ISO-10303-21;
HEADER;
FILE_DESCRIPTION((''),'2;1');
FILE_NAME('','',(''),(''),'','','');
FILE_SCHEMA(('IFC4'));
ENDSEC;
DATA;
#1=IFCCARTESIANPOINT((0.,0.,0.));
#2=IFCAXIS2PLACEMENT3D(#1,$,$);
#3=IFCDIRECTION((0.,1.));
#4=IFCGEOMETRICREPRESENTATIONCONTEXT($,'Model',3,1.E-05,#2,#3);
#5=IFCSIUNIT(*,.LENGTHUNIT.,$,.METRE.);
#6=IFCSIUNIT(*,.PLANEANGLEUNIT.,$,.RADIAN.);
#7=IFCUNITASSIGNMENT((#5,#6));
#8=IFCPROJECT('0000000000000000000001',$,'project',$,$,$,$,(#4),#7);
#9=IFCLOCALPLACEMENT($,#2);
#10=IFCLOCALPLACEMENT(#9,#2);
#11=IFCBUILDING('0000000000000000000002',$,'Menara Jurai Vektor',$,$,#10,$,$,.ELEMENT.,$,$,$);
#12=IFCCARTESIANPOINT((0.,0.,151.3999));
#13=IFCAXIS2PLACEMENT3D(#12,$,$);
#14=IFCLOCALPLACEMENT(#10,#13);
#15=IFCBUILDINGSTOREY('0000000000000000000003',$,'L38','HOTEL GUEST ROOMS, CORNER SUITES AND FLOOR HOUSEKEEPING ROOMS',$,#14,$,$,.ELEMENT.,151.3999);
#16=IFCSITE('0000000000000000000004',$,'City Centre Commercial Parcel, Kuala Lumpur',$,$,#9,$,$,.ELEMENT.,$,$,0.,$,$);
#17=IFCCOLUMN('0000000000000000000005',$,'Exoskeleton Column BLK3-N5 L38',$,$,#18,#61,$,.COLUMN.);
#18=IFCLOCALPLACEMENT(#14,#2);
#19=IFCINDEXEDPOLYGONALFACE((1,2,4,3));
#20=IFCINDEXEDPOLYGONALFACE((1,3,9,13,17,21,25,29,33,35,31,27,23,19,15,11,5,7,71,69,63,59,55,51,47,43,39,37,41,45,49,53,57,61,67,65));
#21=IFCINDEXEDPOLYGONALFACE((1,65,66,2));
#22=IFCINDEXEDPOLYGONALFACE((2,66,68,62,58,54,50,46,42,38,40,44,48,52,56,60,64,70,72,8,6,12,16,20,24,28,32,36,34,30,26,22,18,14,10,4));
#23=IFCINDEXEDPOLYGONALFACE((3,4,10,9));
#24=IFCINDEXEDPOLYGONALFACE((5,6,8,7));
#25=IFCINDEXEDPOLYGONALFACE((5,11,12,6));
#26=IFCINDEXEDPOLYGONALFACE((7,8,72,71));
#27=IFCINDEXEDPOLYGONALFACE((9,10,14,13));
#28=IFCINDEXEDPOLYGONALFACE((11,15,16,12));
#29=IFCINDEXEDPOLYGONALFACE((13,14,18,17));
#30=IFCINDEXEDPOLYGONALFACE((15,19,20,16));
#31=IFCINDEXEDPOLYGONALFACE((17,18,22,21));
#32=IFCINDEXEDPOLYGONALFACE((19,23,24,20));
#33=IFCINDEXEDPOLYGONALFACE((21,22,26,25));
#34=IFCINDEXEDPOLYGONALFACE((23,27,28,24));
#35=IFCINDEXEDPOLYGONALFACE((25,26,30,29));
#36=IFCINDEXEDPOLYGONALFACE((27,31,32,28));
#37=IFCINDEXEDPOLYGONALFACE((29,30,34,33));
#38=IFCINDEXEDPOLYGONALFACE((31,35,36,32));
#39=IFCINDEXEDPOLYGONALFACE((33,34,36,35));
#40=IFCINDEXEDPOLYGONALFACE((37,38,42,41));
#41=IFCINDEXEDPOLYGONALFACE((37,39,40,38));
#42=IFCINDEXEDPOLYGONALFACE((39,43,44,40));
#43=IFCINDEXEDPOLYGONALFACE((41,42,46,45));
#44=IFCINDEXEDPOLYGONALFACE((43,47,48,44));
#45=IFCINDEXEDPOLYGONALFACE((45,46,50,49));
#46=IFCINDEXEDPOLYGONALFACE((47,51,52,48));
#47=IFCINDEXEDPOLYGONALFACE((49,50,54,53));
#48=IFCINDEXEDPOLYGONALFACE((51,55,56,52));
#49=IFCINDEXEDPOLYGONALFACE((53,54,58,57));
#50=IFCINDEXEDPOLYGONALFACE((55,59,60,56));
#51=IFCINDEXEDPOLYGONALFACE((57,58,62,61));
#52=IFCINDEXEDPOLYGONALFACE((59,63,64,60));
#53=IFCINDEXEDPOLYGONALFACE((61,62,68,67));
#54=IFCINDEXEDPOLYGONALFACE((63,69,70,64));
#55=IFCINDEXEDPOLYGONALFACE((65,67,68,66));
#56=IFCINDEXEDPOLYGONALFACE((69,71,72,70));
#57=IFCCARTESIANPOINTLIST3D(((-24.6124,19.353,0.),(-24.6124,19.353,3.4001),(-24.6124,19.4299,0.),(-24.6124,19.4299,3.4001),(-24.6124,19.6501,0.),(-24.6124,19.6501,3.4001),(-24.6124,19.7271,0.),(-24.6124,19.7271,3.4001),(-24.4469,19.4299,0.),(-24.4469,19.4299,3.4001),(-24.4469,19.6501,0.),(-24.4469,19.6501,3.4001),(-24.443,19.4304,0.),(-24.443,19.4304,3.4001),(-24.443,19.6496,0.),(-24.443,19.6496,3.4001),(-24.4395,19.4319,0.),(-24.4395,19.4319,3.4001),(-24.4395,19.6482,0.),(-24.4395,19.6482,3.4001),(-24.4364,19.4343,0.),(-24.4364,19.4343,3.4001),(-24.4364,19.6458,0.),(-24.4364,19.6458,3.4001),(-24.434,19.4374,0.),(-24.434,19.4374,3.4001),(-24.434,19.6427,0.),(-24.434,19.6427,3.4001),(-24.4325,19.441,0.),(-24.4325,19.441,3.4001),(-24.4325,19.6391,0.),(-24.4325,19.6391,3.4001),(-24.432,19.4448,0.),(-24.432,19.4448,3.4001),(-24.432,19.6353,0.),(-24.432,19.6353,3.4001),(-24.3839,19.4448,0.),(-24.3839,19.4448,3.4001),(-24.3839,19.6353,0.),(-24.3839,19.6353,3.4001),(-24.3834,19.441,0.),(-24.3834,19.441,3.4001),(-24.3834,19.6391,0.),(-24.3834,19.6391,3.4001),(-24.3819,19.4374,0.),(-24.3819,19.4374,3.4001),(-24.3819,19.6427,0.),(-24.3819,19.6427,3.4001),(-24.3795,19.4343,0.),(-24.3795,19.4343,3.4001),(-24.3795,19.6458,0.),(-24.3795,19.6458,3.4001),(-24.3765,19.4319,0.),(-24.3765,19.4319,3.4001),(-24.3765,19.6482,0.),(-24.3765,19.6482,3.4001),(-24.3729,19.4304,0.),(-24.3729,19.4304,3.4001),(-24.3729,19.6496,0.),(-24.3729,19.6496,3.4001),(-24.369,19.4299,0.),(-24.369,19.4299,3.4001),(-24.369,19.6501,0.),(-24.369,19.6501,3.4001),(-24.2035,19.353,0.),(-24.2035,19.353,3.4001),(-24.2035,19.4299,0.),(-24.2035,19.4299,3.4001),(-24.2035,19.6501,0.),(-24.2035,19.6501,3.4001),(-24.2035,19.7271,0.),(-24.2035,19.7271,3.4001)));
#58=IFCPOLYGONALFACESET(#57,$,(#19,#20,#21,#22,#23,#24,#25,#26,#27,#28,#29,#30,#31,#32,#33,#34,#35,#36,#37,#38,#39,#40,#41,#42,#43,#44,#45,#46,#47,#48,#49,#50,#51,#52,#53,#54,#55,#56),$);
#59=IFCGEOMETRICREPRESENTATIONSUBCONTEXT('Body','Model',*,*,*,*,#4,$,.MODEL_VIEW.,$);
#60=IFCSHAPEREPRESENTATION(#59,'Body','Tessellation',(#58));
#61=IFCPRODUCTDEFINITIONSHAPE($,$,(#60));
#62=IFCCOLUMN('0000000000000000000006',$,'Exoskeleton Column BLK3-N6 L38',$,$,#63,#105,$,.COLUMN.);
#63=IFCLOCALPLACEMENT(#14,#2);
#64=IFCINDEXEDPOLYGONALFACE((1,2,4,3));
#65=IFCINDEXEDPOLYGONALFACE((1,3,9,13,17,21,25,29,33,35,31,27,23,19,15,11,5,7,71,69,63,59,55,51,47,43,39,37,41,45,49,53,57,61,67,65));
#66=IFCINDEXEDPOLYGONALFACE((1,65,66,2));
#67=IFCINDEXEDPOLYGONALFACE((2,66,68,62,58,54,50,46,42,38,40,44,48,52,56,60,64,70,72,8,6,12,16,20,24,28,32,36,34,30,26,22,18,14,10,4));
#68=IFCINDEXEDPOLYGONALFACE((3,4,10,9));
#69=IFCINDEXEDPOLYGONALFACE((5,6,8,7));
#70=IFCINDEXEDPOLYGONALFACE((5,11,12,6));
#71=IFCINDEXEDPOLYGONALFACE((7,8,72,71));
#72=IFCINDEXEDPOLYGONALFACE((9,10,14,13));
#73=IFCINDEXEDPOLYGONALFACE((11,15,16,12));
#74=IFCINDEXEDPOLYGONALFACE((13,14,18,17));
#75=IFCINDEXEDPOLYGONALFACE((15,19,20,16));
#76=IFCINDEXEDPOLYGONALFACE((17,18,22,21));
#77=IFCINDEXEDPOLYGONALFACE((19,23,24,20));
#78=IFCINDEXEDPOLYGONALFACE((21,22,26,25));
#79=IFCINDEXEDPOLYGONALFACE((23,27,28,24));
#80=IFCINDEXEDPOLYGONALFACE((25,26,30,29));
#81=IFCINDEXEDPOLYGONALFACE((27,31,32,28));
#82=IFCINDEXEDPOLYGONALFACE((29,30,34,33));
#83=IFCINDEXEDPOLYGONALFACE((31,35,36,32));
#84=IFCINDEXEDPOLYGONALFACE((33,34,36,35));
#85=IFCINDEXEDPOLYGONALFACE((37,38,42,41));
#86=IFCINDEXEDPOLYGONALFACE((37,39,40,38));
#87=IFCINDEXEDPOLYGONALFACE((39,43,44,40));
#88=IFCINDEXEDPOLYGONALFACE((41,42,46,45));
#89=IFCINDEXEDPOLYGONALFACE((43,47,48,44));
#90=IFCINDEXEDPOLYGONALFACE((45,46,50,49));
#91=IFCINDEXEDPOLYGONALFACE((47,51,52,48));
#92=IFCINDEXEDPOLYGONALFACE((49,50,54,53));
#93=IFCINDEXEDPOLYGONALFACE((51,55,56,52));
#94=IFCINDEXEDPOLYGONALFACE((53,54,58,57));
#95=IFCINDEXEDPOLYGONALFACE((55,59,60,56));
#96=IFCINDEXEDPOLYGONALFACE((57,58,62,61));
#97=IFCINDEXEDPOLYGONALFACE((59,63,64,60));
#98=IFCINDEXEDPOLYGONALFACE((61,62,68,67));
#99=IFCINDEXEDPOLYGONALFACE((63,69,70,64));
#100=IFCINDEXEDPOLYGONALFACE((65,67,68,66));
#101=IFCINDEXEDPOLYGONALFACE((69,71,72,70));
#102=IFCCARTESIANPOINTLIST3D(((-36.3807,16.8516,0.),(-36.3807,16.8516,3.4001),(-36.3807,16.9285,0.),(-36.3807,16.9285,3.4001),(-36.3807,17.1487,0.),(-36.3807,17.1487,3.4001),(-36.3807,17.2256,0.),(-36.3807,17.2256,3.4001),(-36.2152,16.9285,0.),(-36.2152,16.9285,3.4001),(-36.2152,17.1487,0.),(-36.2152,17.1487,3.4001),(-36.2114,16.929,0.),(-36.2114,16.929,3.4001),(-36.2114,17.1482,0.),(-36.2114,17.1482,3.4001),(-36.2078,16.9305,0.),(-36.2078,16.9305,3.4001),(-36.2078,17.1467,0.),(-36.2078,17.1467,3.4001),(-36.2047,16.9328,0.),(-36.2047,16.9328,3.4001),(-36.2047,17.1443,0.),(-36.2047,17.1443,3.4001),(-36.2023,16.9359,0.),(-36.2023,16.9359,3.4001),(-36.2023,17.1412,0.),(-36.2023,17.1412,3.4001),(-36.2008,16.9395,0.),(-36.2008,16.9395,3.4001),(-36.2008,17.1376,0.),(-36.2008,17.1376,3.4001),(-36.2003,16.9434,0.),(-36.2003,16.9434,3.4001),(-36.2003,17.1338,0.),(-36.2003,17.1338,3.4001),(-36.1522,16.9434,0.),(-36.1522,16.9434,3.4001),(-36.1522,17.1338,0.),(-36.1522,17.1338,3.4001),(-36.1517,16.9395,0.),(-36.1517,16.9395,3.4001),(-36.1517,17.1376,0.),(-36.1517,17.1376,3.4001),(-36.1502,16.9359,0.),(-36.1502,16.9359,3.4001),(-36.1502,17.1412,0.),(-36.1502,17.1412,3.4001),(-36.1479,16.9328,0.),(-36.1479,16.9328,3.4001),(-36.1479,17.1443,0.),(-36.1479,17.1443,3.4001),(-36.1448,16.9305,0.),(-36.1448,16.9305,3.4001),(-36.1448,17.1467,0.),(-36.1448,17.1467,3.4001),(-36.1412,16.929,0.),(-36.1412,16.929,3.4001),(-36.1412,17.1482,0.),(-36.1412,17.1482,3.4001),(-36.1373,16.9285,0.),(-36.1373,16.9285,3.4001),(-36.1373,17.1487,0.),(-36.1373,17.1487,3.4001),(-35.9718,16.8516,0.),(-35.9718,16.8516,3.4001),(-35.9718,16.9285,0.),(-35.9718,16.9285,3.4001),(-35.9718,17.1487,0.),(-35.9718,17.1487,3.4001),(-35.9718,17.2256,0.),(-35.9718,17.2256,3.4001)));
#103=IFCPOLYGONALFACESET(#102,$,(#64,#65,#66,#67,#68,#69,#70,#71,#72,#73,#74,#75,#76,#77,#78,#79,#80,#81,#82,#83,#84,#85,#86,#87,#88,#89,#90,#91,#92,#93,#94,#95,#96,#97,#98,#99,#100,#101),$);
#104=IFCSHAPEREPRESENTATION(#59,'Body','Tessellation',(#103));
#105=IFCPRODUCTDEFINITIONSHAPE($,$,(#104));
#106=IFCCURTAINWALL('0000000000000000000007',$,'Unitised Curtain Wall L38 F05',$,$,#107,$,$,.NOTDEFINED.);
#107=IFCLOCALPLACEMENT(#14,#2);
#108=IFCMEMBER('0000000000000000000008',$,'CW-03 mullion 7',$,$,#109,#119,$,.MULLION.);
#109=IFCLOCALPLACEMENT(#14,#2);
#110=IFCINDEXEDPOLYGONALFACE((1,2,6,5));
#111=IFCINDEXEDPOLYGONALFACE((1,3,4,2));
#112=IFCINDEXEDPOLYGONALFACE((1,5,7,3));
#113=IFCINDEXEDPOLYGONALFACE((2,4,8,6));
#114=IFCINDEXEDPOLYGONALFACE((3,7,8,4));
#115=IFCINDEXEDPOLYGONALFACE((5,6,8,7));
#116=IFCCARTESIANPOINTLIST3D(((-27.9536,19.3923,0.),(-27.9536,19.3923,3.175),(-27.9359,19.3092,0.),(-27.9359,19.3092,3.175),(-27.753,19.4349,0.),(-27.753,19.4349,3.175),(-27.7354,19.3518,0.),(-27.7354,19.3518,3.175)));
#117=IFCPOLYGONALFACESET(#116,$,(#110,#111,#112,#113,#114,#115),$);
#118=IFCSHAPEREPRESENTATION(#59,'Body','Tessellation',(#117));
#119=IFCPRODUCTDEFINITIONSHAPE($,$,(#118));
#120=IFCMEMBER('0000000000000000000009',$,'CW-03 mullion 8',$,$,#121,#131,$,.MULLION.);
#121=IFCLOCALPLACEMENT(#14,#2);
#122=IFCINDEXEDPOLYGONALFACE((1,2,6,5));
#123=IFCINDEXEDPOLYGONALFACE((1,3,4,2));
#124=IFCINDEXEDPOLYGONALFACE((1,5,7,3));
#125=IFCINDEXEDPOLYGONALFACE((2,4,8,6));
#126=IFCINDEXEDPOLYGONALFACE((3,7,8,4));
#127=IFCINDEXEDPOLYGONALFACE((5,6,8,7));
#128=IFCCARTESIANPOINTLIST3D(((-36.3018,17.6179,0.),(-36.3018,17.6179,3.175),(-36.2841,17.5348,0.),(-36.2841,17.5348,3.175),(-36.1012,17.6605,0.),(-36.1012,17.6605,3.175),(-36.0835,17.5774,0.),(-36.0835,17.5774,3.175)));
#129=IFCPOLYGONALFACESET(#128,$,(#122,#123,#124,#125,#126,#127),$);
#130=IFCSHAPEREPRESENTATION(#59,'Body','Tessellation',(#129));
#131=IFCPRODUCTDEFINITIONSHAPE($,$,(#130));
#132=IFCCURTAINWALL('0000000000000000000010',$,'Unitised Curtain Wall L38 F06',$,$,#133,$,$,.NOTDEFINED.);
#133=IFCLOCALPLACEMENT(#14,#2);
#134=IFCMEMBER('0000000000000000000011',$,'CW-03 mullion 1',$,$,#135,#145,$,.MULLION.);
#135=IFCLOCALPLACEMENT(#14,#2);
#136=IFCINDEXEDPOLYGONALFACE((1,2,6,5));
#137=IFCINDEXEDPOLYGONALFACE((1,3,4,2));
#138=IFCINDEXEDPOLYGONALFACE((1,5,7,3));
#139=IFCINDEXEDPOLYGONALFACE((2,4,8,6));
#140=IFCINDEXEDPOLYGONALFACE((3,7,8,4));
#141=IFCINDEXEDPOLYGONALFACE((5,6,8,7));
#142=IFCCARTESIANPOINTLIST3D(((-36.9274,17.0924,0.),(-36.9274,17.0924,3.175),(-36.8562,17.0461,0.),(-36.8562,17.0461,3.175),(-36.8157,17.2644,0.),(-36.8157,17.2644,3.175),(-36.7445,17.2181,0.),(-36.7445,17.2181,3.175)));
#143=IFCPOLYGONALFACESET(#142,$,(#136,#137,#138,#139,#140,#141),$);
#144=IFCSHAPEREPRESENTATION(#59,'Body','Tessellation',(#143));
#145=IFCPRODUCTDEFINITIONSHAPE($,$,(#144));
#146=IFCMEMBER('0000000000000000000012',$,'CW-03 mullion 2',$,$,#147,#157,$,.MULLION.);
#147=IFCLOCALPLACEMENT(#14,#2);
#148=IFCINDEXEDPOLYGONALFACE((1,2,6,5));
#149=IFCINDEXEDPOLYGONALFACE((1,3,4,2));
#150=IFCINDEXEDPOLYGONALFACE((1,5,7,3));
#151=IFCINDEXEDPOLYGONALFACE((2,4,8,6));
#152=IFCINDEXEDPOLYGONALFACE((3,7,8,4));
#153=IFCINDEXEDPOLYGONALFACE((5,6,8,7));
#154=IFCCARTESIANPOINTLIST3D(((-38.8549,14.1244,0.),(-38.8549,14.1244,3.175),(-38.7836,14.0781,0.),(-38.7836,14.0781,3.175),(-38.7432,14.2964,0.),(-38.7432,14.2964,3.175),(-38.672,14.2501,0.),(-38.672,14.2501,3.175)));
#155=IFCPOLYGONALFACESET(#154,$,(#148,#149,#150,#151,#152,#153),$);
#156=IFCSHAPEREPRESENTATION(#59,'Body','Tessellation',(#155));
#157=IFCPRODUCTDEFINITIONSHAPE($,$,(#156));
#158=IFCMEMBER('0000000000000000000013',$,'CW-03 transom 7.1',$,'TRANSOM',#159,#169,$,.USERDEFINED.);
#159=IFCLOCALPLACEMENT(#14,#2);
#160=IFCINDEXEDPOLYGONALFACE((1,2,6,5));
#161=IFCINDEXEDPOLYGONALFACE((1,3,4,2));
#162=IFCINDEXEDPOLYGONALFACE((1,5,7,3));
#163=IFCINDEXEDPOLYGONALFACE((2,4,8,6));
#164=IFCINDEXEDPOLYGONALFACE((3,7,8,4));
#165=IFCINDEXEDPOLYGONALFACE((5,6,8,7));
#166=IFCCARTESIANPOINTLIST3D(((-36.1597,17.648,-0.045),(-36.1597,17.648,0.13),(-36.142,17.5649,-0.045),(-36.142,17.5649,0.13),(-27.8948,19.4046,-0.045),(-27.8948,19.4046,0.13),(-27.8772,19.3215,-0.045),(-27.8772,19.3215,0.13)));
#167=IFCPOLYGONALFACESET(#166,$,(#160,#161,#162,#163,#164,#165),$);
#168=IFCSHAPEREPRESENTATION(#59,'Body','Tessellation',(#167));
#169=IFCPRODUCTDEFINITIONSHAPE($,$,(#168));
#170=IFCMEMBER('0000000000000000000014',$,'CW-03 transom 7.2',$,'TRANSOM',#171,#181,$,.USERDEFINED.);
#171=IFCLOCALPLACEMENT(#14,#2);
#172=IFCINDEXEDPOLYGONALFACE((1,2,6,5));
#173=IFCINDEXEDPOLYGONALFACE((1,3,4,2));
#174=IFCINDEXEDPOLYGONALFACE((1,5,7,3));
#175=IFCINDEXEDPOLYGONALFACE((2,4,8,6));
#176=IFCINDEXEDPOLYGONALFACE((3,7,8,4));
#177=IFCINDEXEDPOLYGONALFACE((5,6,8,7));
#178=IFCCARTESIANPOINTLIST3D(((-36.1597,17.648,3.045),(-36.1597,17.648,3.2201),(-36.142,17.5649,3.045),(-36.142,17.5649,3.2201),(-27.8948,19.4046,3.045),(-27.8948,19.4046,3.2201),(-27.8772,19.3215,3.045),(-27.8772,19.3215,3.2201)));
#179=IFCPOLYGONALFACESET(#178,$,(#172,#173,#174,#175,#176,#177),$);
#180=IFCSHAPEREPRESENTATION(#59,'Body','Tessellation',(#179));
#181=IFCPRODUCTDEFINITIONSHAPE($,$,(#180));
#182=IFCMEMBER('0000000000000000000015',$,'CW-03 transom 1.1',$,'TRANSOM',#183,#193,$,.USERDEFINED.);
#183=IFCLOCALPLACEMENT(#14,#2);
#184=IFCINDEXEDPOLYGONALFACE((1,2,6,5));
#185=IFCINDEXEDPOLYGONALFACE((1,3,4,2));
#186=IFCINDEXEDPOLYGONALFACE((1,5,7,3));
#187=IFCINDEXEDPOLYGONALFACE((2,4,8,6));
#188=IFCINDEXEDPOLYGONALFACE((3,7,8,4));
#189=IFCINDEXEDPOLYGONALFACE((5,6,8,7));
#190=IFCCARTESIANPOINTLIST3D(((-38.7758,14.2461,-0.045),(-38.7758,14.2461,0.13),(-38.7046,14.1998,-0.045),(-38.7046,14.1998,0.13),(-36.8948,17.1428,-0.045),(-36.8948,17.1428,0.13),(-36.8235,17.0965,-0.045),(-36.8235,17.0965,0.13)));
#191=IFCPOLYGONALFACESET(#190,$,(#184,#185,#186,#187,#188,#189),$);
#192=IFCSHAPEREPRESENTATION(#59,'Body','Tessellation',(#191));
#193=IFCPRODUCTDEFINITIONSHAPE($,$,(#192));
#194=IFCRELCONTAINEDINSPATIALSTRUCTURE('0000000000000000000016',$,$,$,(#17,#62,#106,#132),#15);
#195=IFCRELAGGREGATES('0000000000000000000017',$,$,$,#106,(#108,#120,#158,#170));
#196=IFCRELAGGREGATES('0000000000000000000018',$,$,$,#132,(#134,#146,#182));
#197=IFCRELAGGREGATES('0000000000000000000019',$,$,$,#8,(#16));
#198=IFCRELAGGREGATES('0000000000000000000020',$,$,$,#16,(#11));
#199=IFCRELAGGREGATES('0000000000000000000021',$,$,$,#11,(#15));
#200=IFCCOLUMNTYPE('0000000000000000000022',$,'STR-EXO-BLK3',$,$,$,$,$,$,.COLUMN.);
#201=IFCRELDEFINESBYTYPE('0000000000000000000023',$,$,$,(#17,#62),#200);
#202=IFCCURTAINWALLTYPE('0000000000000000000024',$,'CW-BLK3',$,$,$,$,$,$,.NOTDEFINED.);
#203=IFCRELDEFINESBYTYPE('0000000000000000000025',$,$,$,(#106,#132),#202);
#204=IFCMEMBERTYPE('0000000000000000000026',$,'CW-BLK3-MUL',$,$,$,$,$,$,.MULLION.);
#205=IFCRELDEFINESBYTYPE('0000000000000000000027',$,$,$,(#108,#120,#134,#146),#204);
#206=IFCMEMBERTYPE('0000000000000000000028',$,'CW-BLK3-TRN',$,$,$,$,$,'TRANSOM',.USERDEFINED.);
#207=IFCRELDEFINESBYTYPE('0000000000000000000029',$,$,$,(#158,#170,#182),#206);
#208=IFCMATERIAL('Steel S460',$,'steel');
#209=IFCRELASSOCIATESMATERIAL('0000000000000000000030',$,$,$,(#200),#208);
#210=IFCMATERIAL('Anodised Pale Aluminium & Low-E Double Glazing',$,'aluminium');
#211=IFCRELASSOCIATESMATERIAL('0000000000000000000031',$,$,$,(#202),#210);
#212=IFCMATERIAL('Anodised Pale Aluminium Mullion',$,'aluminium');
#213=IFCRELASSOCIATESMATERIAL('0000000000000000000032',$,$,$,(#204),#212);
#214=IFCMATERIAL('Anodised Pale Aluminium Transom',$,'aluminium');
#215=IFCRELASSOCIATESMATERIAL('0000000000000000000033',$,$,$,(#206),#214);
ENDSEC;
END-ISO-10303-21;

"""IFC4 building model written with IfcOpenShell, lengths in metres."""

from ifc_helpers import new_model, si_unit, direction, frame, origin, origin_2d, place, context, subcontext, project, spatial, rectangle, i_section, extrude, material, material_profile, profile_set, type_object, element, aggregate, save


model = new_model("IFC4")

# Units and contexts
model_context = context("Model", 3, precision=1e-05, world=origin(), true_north=direction((0.0, 1.0)))
body_context = subcontext(model_context, "Body", "Model", "MODEL_VIEW")
ifc_project = project(units=[si_unit("LENGTHUNIT", "METRE"), si_unit("PLANEANGLEUNIT", "RADIAN")], contexts=[model_context])

# Site, building, storey
site_placement = place(None, origin())
site = spatial("IfcSite", under=ifc_project, at=site_placement, Name="City Centre Commercial Parcel, Kuala Lumpur", CompositionType="ELEMENT", RefElevation=0.0)
building_placement = place(site_placement, origin())
building = spatial("IfcBuilding", under=site, at=building_placement, Name="Menara Jurai Vektor", CompositionType="ELEMENT")
storey_placement = place(building_placement, frame((0.0, 0.0, 151.3999)))
storey = spatial("IfcBuildingStorey", under=building, at=storey_placement, Name="L38", Description="HOTEL GUEST ROOMS, CORNER SUITES AND FLOOR HOUSEKEEPING ROOMS", CompositionType="ELEMENT", Elevation=151.3999)

# Columns
ifc_material_1 = material(Name="Steel S460", Category="steel")
ifc_material_profile_1 = material_profile(ifc_material_1, i_section(OverallWidth=0.4089, OverallDepth=0.374, WebThickness=0.0481, FlangeThickness=0.0769, FilletRadius=0.0149, at=origin_2d()), Name="HD 400x634")
ifc_profile_set_1 = profile_set([ifc_material_profile_1], Name="Steel S460")
column_type = type_object("IfcColumnType", Name="STR-EXO-BLK3", PredefinedType="COLUMN", material=ifc_profile_set_1)
for number, where, z_axis, x_axis, name in (
    (1, (-24.408, 19.54, 0.0), (0.0, 0.0, 1.0), (1.0, 0.0, 0.0), "Exoskeleton Column BLK3-N5 L38"),
    (2, (-36.1763, 17.0386, 0.0), (0.0, 0.0, 1.0), (1.0, 0.0, 0.0), "Exoskeleton Column BLK3-N6 L38"),
):
    element("IfcColumn", number, at=place(storey_placement, frame(where, z_axis=z_axis, x_axis=x_axis)), inside=storey, type_object=column_type, Name=name, PredefinedType="COLUMN", context=body_context, shape_type="SweptSolid", body=[
        extrude(i_section(OverallWidth=0.4089, OverallDepth=0.374, WebThickness=0.0481, FlangeThickness=0.0769, FilletRadius=0.0149, at=origin_2d()), origin(), (0.0, 0.0, 1.0), 3.4001),
    ])

# Curtain walls, members
ifc_material_2 = material(Name="Anodised Pale Aluminium & Low-E Double Glazing", Category="aluminium")
curtain_wall_type = type_object("IfcCurtainWallType", Name="CW-BLK3", PredefinedType="NOTDEFINED", material=ifc_material_2)
curtain_wall_1_placement = place(storey_placement, origin())
curtain_wall_1 = element("IfcCurtainWall", 3, at=curtain_wall_1_placement, inside=storey, type_object=curtain_wall_type, Name="Unitised Curtain Wall L38 F05", PredefinedType="NOTDEFINED")
ifc_material_3 = material(Name="Anodised Pale Aluminium Mullion", Category="aluminium")
ifc_material_profile_2 = material_profile(ifc_material_3, rectangle(XDim=0.085, YDim=0.2051, at=origin_2d()), Name="ALU MUL 85x205")
ifc_profile_set_2 = profile_set([ifc_material_profile_2], Name="Anodised Pale Aluminium Mullion")
member_type_1 = type_object("IfcMemberType", Name="CW-BLK3-MUL", PredefinedType="MULLION", material=ifc_profile_set_2)
member_1_placement = place(storey_placement, frame((-27.8445, 19.3721, 0.0), z_axis=(0.0, 0.0, 1.0), x_axis=(0.207911, -0.978148, 0.0)))
member_1 = element("IfcMember", 4, at=member_1_placement, type_object=member_type_1, Name="CW-03 mullion 7", PredefinedType="MULLION", context=body_context, shape_type="SweptSolid", body=[
    extrude(rectangle(XDim=0.085, YDim=0.2051, at=origin_2d()), origin(), (0.0, 0.0, 1.0), 3.175),
])
member_2_placement = place(storey_placement, frame((-36.1926, 17.5977, 0.0), z_axis=(0.0, 0.0, 1.0), x_axis=(0.207911, -0.978148, 0.0)))
member_2 = element("IfcMember", 5, at=member_2_placement, type_object=member_type_1, Name="CW-03 mullion 8", PredefinedType="MULLION", context=body_context, shape_type="SweptSolid", body=[
    extrude(rectangle(XDim=0.085, YDim=0.2051, at=origin_2d()), origin(), (0.0, 0.0, 1.0), 3.175),
])
curtain_wall_2_placement = place(storey_placement, origin())
curtain_wall_2 = element("IfcCurtainWall", 6, at=curtain_wall_2_placement, inside=storey, type_object=curtain_wall_type, Name="Unitised Curtain Wall L38 F06", PredefinedType="NOTDEFINED")
member_3_placement = place(storey_placement, frame((-36.8359, 17.1553, 0.0), z_axis=(0.0, 0.0, 1.0), x_axis=(0.838684, -0.544618, 0.0)))
member_3 = element("IfcMember", 7, at=member_3_placement, type_object=member_type_1, Name="CW-03 mullion 1", PredefinedType="MULLION", context=body_context, shape_type="SweptSolid", body=[
    extrude(rectangle(XDim=0.085, YDim=0.2051, at=origin_2d()), origin(), (0.0, 0.0, 1.0), 3.175),
])
member_4_placement = place(storey_placement, frame((-38.7634, 14.1873, 0.0), z_axis=(0.0, 0.0, 1.0), x_axis=(0.838684, -0.544618, 0.0)))
member_4 = element("IfcMember", 8, at=member_4_placement, type_object=member_type_1, Name="CW-03 mullion 2", PredefinedType="MULLION", context=body_context, shape_type="SweptSolid", body=[
    extrude(rectangle(XDim=0.085, YDim=0.2051, at=origin_2d()), origin(), (0.0, 0.0, 1.0), 3.175),
])

# Members
ifc_material_4 = material(Name="Anodised Pale Aluminium Transom", Category="aluminium")
ifc_material_profile_3 = material_profile(ifc_material_4, rectangle(XDim=0.085, YDim=0.175, at=origin_2d()), Name="ALU TRN 85x175")
ifc_profile_set_3 = profile_set([ifc_material_profile_3], Name="Anodised Pale Aluminium Transom")
member_type_2 = type_object("IfcMemberType", Name="CW-BLK3-TRN", ElementType="TRANSOM", PredefinedType="USERDEFINED", material=ifc_profile_set_3)
member_5_placement = place(storey_placement, frame((-27.886, 19.363, 0.0425), z_axis=(-0.978152, -0.207893, 0.0), x_axis=(0.207893, -0.978152, 0.0)))
member_5 = element("IfcMember", 9, at=member_5_placement, type_object=member_type_2, Name="CW-03 transom 7.1", ObjectType="TRANSOM", PredefinedType="USERDEFINED", context=body_context, shape_type="SweptSolid", body=[
    extrude(rectangle(XDim=0.085, YDim=0.175, at=origin_2d()), origin(), (0.0, 0.0, 1.0), 8.4495),
])
member_6_placement = place(storey_placement, frame((-27.886, 19.363, 3.1326), z_axis=(-0.978152, -0.207893, 0.0), x_axis=(0.207893, -0.978152, 0.0)))
member_6 = element("IfcMember", 10, at=member_6_placement, type_object=member_type_2, Name="CW-03 transom 7.2", ObjectType="TRANSOM", PredefinedType="USERDEFINED", context=body_context, shape_type="SweptSolid", body=[
    extrude(rectangle(XDim=0.085, YDim=0.175, at=origin_2d()), origin(), (0.0, 0.0, 1.0), 8.4495),
])
member_7_placement = place(storey_placement, frame((-36.8591, 17.1196, 0.0425), z_axis=(-0.544628, -0.838678, 0.0), x_axis=(0.838678, -0.544628, 0.0)))
member_7 = element("IfcMember", 11, at=member_7_placement, type_object=member_type_2, Name="CW-03 transom 1.1", ObjectType="TRANSOM", PredefinedType="USERDEFINED", context=body_context, shape_type="SweptSolid", body=[
    extrude(rectangle(XDim=0.085, YDim=0.175, at=origin_2d()), origin(), (0.0, 0.0, 1.0), 3.4539),
])

aggregate(curtain_wall_1, [member_1, member_2, member_5, member_6])
aggregate(curtain_wall_2, [member_3, member_4, member_7])

save(model, "model.ifc")
